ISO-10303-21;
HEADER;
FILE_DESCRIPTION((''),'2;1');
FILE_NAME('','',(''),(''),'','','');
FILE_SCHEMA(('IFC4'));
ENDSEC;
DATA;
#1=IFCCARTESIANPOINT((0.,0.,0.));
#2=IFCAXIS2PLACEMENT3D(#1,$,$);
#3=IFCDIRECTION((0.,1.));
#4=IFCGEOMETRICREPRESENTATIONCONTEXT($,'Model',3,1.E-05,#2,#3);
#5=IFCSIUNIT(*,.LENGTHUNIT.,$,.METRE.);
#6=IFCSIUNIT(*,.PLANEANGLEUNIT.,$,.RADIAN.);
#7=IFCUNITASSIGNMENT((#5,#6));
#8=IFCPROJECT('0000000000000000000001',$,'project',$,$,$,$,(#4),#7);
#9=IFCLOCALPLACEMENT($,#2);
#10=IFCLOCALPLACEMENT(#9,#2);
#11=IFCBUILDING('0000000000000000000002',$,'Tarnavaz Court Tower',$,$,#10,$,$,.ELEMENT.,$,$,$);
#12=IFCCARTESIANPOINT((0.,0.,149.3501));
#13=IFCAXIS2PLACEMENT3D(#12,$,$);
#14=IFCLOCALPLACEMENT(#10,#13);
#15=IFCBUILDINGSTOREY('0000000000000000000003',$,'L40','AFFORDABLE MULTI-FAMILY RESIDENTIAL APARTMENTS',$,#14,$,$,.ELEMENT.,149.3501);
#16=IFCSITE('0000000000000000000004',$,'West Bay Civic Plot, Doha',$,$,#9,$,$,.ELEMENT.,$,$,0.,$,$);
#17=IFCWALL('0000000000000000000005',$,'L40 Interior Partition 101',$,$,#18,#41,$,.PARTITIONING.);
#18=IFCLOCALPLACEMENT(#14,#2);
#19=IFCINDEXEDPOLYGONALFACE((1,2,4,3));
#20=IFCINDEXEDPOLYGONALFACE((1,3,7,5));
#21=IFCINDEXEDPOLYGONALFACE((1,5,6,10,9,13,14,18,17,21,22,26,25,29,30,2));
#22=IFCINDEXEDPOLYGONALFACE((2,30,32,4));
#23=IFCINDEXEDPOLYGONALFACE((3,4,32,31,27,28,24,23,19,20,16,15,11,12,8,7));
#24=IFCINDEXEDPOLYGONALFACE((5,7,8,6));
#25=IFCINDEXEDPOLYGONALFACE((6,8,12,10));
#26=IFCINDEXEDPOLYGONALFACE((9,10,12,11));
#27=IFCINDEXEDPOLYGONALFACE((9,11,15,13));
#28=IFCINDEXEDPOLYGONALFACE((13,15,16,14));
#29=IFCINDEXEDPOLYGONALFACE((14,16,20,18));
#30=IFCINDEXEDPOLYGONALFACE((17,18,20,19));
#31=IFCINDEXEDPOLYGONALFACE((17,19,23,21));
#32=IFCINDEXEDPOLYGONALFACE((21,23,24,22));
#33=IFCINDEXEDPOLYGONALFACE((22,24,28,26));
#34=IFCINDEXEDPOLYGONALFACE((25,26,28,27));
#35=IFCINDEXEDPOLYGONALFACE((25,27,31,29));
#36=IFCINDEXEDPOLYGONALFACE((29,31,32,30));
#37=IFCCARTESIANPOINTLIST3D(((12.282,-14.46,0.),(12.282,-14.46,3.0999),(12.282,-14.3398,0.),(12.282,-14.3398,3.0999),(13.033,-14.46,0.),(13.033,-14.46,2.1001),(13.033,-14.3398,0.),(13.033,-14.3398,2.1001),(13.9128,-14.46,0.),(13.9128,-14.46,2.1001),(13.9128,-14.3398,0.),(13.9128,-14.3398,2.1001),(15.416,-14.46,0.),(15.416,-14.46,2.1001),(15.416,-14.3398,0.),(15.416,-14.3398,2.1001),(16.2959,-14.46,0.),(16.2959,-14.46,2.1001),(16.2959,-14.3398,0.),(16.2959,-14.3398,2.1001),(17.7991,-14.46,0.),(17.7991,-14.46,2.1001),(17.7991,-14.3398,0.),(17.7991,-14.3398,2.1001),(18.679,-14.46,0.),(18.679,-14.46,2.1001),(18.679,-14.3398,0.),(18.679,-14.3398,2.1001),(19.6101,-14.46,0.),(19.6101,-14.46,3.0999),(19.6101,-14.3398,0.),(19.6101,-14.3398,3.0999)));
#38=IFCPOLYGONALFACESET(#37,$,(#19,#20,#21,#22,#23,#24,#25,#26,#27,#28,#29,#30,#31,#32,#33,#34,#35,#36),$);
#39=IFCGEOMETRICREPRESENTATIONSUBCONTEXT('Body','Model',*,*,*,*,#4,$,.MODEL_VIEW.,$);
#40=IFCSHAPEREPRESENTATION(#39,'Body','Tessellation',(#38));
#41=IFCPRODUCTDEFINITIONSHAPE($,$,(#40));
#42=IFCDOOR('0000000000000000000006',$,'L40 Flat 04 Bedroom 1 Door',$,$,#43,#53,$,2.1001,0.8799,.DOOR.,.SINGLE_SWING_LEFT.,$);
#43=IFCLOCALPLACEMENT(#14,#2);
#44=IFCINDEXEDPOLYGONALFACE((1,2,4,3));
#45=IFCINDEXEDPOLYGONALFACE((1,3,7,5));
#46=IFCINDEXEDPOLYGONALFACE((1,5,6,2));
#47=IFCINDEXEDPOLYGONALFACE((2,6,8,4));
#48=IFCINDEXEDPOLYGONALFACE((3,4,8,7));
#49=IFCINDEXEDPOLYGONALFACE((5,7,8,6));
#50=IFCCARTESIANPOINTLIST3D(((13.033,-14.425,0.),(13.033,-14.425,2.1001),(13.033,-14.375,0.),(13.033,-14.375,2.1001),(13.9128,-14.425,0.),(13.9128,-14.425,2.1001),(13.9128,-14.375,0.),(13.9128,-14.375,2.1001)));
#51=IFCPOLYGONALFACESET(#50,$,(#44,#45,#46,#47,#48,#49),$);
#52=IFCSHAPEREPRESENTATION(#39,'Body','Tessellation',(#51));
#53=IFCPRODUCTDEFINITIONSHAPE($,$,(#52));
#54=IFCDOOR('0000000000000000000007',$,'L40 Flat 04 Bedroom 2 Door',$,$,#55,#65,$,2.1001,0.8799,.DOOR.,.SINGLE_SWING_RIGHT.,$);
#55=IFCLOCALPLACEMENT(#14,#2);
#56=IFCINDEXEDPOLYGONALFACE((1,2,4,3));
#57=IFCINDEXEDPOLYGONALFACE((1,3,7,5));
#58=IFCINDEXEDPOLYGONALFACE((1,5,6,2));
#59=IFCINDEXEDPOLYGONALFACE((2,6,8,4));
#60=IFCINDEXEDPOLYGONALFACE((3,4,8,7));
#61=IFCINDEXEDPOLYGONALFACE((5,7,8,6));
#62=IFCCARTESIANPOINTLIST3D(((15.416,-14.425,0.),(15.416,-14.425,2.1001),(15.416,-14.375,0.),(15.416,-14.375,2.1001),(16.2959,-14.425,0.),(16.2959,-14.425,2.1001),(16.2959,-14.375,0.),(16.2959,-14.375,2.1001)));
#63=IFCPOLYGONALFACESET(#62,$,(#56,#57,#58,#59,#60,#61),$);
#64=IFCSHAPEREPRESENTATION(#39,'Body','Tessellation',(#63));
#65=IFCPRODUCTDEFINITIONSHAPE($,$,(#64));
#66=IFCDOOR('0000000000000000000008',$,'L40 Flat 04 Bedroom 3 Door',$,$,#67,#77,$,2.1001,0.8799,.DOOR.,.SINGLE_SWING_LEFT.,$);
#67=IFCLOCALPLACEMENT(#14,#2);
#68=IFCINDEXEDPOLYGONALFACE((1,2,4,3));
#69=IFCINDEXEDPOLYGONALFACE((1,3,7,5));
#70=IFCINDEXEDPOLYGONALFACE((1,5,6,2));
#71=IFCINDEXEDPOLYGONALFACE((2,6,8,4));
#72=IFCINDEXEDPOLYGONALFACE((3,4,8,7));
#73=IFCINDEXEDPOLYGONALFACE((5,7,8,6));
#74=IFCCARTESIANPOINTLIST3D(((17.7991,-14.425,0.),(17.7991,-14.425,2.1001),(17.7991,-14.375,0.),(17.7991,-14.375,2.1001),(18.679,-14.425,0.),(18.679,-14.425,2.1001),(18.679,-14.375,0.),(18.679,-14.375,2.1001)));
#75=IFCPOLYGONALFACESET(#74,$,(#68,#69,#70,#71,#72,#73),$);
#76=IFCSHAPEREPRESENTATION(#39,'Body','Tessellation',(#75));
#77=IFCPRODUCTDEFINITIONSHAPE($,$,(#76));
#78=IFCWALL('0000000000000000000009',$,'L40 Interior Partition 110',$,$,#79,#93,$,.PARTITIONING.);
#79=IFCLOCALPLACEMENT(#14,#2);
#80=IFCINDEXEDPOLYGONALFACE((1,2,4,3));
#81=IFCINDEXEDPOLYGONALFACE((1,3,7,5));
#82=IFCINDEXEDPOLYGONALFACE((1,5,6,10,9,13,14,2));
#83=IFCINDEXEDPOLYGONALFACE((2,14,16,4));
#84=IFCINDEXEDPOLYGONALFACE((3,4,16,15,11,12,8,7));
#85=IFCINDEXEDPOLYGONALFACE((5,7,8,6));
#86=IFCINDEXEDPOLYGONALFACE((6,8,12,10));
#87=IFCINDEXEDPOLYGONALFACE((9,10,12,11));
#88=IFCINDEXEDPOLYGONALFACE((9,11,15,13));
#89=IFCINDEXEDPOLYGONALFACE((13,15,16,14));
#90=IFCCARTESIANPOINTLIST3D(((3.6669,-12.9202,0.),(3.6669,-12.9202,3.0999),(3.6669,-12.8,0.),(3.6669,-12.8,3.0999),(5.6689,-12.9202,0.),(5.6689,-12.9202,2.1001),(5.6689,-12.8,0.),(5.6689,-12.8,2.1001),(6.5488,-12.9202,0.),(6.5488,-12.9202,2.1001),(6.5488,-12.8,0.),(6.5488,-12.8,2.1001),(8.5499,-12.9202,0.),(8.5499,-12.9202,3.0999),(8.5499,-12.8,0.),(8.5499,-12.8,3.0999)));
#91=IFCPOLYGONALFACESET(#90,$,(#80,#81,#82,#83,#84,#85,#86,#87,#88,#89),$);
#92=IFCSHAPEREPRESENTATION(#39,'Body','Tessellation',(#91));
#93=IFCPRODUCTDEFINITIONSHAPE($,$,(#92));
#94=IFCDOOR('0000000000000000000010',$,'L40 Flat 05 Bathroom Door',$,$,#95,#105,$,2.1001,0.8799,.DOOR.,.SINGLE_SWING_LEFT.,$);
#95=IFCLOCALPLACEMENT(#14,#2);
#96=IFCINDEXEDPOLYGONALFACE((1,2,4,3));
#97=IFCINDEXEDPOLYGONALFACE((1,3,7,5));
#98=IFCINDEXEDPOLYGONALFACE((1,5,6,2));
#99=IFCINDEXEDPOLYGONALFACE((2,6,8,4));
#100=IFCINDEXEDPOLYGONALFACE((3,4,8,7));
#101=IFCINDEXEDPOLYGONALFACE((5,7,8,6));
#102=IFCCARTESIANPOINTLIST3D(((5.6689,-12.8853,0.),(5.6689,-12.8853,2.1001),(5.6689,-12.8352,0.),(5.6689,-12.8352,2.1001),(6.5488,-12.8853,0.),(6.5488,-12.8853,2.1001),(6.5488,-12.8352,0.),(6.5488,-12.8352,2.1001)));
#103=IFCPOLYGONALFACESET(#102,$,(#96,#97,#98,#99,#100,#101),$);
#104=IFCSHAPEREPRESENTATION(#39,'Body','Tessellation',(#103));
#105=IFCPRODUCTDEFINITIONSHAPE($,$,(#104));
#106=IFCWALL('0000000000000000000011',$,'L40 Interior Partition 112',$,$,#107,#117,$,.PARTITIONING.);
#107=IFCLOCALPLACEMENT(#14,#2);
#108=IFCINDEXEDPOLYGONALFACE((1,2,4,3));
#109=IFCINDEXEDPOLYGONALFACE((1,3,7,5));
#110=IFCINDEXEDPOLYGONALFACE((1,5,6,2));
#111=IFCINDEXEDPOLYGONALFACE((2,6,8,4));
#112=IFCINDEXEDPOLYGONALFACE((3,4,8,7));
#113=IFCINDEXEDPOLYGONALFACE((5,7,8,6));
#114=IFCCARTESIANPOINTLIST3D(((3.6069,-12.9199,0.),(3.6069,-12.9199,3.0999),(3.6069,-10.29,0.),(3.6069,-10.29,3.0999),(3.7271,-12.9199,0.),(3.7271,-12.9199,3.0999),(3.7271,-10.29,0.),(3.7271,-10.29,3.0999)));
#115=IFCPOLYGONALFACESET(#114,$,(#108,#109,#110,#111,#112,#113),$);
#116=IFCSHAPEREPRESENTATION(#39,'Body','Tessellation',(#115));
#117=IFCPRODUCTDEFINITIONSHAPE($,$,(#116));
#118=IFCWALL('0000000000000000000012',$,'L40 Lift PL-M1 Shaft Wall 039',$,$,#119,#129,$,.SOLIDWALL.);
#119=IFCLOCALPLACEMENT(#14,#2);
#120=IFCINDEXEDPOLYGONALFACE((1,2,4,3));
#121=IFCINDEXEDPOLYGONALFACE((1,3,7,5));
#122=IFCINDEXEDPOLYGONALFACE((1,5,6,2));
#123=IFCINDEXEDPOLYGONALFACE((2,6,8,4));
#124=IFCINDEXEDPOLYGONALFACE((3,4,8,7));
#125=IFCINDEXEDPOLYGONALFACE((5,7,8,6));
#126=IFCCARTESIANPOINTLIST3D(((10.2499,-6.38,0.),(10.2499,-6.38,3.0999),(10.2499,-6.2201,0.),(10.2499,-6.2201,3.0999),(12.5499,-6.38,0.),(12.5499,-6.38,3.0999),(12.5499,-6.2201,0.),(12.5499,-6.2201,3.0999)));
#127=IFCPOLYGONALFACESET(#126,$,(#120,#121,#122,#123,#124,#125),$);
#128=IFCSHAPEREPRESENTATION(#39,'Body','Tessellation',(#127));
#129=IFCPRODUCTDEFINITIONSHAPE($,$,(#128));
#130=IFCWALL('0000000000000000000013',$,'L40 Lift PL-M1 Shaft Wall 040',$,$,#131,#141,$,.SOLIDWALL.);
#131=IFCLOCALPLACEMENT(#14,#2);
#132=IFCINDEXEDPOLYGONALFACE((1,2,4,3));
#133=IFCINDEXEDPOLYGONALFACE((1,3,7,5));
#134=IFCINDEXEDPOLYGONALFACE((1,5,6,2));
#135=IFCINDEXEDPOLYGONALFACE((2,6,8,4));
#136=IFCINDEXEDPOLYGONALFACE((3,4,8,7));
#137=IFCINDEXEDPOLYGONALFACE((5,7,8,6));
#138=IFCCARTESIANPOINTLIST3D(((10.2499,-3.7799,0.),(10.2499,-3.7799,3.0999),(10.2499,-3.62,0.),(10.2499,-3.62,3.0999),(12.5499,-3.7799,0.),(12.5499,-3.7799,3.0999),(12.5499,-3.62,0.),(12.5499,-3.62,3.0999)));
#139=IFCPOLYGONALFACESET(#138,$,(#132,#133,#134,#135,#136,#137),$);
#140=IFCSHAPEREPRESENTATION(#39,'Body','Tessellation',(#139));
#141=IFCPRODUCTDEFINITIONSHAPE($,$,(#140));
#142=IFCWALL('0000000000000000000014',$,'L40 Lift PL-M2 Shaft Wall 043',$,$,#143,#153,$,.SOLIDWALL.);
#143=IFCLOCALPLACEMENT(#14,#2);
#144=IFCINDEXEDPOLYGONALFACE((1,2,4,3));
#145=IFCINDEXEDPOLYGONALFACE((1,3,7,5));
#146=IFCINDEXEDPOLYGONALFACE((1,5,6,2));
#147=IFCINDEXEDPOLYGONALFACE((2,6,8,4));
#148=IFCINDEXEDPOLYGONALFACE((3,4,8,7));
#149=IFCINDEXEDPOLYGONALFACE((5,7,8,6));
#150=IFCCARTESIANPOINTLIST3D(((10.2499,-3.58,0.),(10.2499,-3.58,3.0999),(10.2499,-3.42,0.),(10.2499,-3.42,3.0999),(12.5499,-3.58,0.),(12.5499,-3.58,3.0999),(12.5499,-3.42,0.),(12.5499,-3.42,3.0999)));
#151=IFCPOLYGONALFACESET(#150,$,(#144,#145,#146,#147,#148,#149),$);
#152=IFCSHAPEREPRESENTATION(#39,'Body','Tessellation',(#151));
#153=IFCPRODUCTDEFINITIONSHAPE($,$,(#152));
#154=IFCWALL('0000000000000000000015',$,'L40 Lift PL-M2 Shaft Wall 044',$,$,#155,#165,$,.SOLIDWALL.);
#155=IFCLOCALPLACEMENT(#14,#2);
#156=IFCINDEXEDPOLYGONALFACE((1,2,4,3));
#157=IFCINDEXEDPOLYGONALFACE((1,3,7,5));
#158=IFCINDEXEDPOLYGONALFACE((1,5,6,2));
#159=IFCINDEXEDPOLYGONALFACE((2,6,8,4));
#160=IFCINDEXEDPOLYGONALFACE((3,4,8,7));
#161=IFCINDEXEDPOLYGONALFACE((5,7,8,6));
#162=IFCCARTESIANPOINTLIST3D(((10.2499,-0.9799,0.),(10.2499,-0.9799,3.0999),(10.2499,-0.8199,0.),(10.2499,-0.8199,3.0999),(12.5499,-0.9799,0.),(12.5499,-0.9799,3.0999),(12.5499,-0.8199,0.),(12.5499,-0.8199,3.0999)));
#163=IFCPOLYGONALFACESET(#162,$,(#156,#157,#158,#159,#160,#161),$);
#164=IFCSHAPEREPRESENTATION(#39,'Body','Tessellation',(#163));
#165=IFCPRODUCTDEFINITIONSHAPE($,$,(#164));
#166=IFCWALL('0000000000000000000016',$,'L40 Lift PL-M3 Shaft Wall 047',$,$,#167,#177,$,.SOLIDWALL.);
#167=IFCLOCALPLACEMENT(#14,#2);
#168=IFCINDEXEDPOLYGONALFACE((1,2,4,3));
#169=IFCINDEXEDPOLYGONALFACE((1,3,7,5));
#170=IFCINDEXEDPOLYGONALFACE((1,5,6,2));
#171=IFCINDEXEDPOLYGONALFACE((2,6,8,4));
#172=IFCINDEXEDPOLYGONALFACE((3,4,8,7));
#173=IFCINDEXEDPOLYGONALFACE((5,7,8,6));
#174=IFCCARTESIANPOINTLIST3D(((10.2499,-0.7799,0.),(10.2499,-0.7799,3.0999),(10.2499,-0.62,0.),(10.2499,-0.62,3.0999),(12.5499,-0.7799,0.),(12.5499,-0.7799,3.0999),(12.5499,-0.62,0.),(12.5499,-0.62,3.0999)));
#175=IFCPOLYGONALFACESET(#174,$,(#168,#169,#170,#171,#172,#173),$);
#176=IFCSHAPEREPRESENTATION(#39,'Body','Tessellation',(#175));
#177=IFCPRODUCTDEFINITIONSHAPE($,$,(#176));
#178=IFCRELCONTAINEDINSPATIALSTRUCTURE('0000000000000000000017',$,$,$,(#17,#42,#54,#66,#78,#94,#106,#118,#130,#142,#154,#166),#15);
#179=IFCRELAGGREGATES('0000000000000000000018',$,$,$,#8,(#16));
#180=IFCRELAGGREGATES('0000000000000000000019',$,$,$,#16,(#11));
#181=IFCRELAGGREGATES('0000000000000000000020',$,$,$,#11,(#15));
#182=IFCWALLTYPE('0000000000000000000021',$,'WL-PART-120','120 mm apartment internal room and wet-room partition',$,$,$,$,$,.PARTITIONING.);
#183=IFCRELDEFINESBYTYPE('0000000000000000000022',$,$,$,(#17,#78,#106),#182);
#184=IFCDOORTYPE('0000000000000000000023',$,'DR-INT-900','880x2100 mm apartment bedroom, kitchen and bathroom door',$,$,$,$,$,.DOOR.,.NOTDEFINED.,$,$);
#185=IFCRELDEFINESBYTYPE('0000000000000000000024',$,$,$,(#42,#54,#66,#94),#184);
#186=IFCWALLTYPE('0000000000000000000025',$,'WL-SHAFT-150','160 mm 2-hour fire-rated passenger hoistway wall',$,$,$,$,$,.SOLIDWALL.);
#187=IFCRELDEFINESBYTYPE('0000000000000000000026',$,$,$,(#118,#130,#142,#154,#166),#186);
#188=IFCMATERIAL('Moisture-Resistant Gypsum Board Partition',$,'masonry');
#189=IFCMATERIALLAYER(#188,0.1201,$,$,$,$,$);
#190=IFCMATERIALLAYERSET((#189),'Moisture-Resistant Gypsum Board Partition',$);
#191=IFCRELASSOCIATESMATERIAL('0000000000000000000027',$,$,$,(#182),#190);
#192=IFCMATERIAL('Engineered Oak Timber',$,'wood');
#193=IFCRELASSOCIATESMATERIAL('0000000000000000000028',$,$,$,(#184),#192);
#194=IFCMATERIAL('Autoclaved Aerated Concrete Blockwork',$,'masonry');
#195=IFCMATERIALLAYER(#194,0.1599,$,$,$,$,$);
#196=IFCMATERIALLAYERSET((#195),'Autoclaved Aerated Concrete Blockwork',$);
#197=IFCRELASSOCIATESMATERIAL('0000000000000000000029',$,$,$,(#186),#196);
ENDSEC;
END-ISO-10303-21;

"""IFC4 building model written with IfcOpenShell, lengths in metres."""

from ifc_helpers import new_model, si_unit, direction, frame, frame_2d, origin, place, context, subcontext, project, spatial, rectangle, extrude, material, layer, layer_set, type_object, element, fill, save


model = new_model("IFC4")

# Units and contexts
model_context = context("Model", 3, precision=1e-05, world=origin(), true_north=direction((0.0, 1.0)))
body_context = subcontext(model_context, "Body", "Model", "MODEL_VIEW")
ifc_project = project(units=[si_unit("LENGTHUNIT", "METRE"), si_unit("PLANEANGLEUNIT", "RADIAN")], contexts=[model_context])

# Site, building, storey
site_placement = place(None, origin())
site = spatial("IfcSite", under=ifc_project, at=site_placement, Name="West Bay Civic Plot, Doha", CompositionType="ELEMENT", RefElevation=0.0)
building_placement = place(site_placement, origin())
building = spatial("IfcBuilding", under=site, at=building_placement, Name="Tarnavaz Court Tower", CompositionType="ELEMENT")
storey_placement = place(building_placement, frame((0.0, 0.0, 149.3501)))
storey = spatial("IfcBuildingStorey", under=building, at=storey_placement, Name="L40", Description="AFFORDABLE MULTI-FAMILY RESIDENTIAL APARTMENTS", CompositionType="ELEMENT", Elevation=149.3501)

# Wall, openings, doors
ifc_material_1 = material(Name="Moisture-Resistant Gypsum Board Partition", Category="masonry")
ifc_layer_1 = layer(ifc_material_1, 0.1201)
ifc_layer_set_1 = layer_set([ifc_layer_1], Name="Moisture-Resistant Gypsum Board Partition")
wall_type_1 = type_object("IfcWallType", Name="WL-PART-120", Description="120 mm apartment internal room and wet-room partition", PredefinedType="PARTITIONING", material=ifc_layer_set_1)
wall_1_placement = place(storey_placement, frame((12.282, -14.3999, 0.0), z_axis=(0.0, 0.0, 1.0), x_axis=(1.0, 0.0, 0.0)))
wall_1 = element("IfcWall", 1, at=wall_1_placement, inside=storey, type_object=wall_type_1, Name="L40 Interior Partition 101", PredefinedType="PARTITIONING", context=body_context, shape_type="SweptSolid", body=[
    extrude(rectangle(XDim=7.3281, YDim=0.1201, at=frame_2d((3.6641, 0.0))), origin(), (0.0, 0.0, 1.0), 3.0999),
])
opening_1_placement = place(wall_1_placement, frame((0.751, 0.0, 0.0)))
opening_1 = element("IfcOpeningElement", 2, at=opening_1_placement, cuts=wall_1, PredefinedType="OPENING", context=body_context, shape_type="SweptSolid", body=[
    extrude(rectangle(XDim=0.8799, YDim=2.1001, at=frame_2d((0.4399, 1.05))), frame((0.0, 0.0701, 0.0), z_axis=(0.0, -1.0, 0.0), x_axis=(1.0, 0.0, 0.0)), (0.0, 0.0, 1.0), 0.1401),
])
opening_2_placement = place(wall_1_placement, frame((3.134, 0.0, 0.0)))
opening_2 = element("IfcOpeningElement", 3, at=opening_2_placement, cuts=wall_1, PredefinedType="OPENING", context=body_context, shape_type="SweptSolid", body=[
    extrude(rectangle(XDim=0.8799, YDim=2.1001, at=frame_2d((0.4399, 1.05))), frame((0.0, 0.0701, 0.0), z_axis=(0.0, -1.0, 0.0), x_axis=(1.0, 0.0, 0.0)), (0.0, 0.0, 1.0), 0.1401),
])
opening_3_placement = place(wall_1_placement, frame((5.5171, 0.0, 0.0)))
opening_3 = element("IfcOpeningElement", 4, at=opening_3_placement, cuts=wall_1, PredefinedType="OPENING", context=body_context, shape_type="SweptSolid", body=[
    extrude(rectangle(XDim=0.8799, YDim=2.1001, at=frame_2d((0.4399, 1.05))), frame((0.0, 0.0701, 0.0), z_axis=(0.0, -1.0, 0.0), x_axis=(1.0, 0.0, 0.0)), (0.0, 0.0, 1.0), 0.1401),
])
ifc_material_2 = material(Name="Engineered Oak Timber", Category="wood")
door_type_1 = type_object("IfcDoorType", Name="DR-INT-900", Description="880x2100 mm apartment bedroom, kitchen and bathroom door", OperationType="NOTDEFINED", PredefinedType="DOOR", material=ifc_material_2)
door_1_placement = place(opening_1_placement, origin())
door_1 = element("IfcDoor", 5, at=door_1_placement, inside=storey, type_object=door_type_1, Name="L40 Flat 04 Bedroom 1 Door", OperationType="SINGLE_SWING_LEFT", OverallHeight=2.1001, OverallWidth=0.8799, PredefinedType="DOOR", context=body_context, shape_type="SweptSolid", body=[
    extrude(rectangle(XDim=0.8799, YDim=2.1001, at=frame_2d((0.4399, 1.05))), frame((0.0, 0.0249, 0.0), z_axis=(0.0, -1.0, 0.0), x_axis=(1.0, 0.0, 0.0)), (0.0, 0.0, 1.0), 0.05),
])
fill(opening_1, door_1)
door_2_placement = place(opening_2_placement, origin())
door_2 = element("IfcDoor", 6, at=door_2_placement, inside=storey, type_object=door_type_1, Name="L40 Flat 04 Bedroom 2 Door", OperationType="SINGLE_SWING_RIGHT", OverallHeight=2.1001, OverallWidth=0.8799, PredefinedType="DOOR", context=body_context, shape_type="SweptSolid", body=[
    extrude(rectangle(XDim=0.8799, YDim=2.1001, at=frame_2d((0.4399, 1.05))), frame((0.0, 0.0249, 0.0), z_axis=(0.0, -1.0, 0.0), x_axis=(1.0, 0.0, 0.0)), (0.0, 0.0, 1.0), 0.05),
])
fill(opening_2, door_2)
door_3_placement = place(opening_3_placement, origin())
door_3 = element("IfcDoor", 7, at=door_3_placement, inside=storey, type_object=door_type_1, Name="L40 Flat 04 Bedroom 3 Door", OperationType="SINGLE_SWING_LEFT", OverallHeight=2.1001, OverallWidth=0.8799, PredefinedType="DOOR", context=body_context, shape_type="SweptSolid", body=[
    extrude(rectangle(XDim=0.8799, YDim=2.1001, at=frame_2d((0.4399, 1.05))), frame((0.0, 0.0249, 0.0), z_axis=(0.0, -1.0, 0.0), x_axis=(1.0, 0.0, 0.0)), (0.0, 0.0, 1.0), 0.05),
])
fill(opening_3, door_3)

# Wall, opening, door
wall_2_placement = place(storey_placement, frame((3.667, -12.8601, 0.0), z_axis=(0.0, 0.0, 1.0), x_axis=(1.0, 0.0, 0.0)))
wall_2 = element("IfcWall", 8, at=wall_2_placement, inside=storey, type_object=wall_type_1, Name="L40 Interior Partition 110", PredefinedType="PARTITIONING", context=body_context, shape_type="SweptSolid", body=[
    extrude(rectangle(XDim=4.8831, YDim=0.1201, at=frame_2d((2.4414, 0.0))), origin(), (0.0, 0.0, 1.0), 3.0999),
])
opening_4_placement = place(wall_2_placement, frame((2.002, 0.0, 0.0)))
opening_4 = element("IfcOpeningElement", 9, at=opening_4_placement, cuts=wall_2, PredefinedType="OPENING", context=body_context, shape_type="SweptSolid", body=[
    extrude(rectangle(XDim=0.8799, YDim=2.1001, at=frame_2d((0.4399, 1.05))), frame((0.0, 0.0701, 0.0), z_axis=(0.0, -1.0, 0.0), x_axis=(1.0, 0.0, 0.0)), (0.0, 0.0, 1.0), 0.1401),
])
door_4_placement = place(opening_4_placement, origin())
door_4 = element("IfcDoor", 10, at=door_4_placement, inside=storey, type_object=door_type_1, Name="L40 Flat 05 Bathroom Door", OperationType="SINGLE_SWING_LEFT", OverallHeight=2.1001, OverallWidth=0.8799, PredefinedType="DOOR", context=body_context, shape_type="SweptSolid", body=[
    extrude(rectangle(XDim=0.8799, YDim=2.1001, at=frame_2d((0.4399, 1.05))), frame((0.0, 0.0249, 0.0), z_axis=(0.0, -1.0, 0.0), x_axis=(1.0, 0.0, 0.0)), (0.0, 0.0, 1.0), 0.05),
])
fill(opening_4, door_4)

# Wall
wall_3_placement = place(storey_placement, frame((3.667, -12.9199, 0.0), z_axis=(0.0, 0.0, 1.0), x_axis=(0.0, 1.0, 0.0)))
element("IfcWall", 11, at=wall_3_placement, inside=storey, type_object=wall_type_1, Name="L40 Interior Partition 112", PredefinedType="PARTITIONING", context=body_context, shape_type="SweptSolid", body=[
    extrude(rectangle(XDim=2.6299, YDim=0.1201, at=frame_2d((1.3149, 0.0))), origin(), (0.0, 0.0, 1.0), 3.0999),
])

# Shared definitions
ifc_material_3 = material(Name="Autoclaved Aerated Concrete Blockwork", Category="masonry")
ifc_layer_2 = layer(ifc_material_3, 0.1599)
ifc_layer_set_2 = layer_set([ifc_layer_2], Name="Autoclaved Aerated Concrete Blockwork")
wall_type_2 = type_object("IfcWallType", Name="WL-SHAFT-150", Description="160 mm 2-hour fire-rated passenger hoistway wall", PredefinedType="SOLIDWALL", material=ifc_layer_set_2)

# Walls
for number, where, z_axis, x_axis, name in (
    (12, (10.25, -6.3, 0.0), (0.0, 0.0, 1.0), (1.0, 0.0, 0.0), "L40 Lift PL-M1 Shaft Wall 039"),
    (13, (10.25, -3.7, 0.0), (0.0, 0.0, 1.0), (1.0, 0.0, 0.0), "L40 Lift PL-M1 Shaft Wall 040"),
):
    element("IfcWall", number, at=place(storey_placement, frame(where, z_axis=z_axis, x_axis=x_axis)), inside=storey, type_object=wall_type_2, Name=name, PredefinedType="SOLIDWALL", context=body_context, shape_type="SweptSolid", body=[
        extrude(rectangle(XDim=2.3, YDim=0.1599, at=frame_2d((1.1499, 0.0))), origin(), (0.0, 0.0, 1.0), 3.0999),
    ])

# Walls
for number, where, z_axis, x_axis, name in (
    (14, (10.25, -3.5, 0.0), (0.0, 0.0, 1.0), (1.0, 0.0, 0.0), "L40 Lift PL-M2 Shaft Wall 043"),
    (15, (10.25, -0.8999, 0.0), (0.0, 0.0, 1.0), (1.0, 0.0, 0.0), "L40 Lift PL-M2 Shaft Wall 044"),
):
    element("IfcWall", number, at=place(storey_placement, frame(where, z_axis=z_axis, x_axis=x_axis)), inside=storey, type_object=wall_type_2, Name=name, PredefinedType="SOLIDWALL", context=body_context, shape_type="SweptSolid", body=[
        extrude(rectangle(XDim=2.3, YDim=0.1599, at=frame_2d((1.1499, 0.0))), origin(), (0.0, 0.0, 1.0), 3.0999),
    ])

# Wall
wall_4_placement = place(storey_placement, frame((10.25, -0.7, 0.0), z_axis=(0.0, 0.0, 1.0), x_axis=(1.0, 0.0, 0.0)))
element("IfcWall", 16, at=wall_4_placement, inside=storey, type_object=wall_type_2, Name="L40 Lift PL-M3 Shaft Wall 047", PredefinedType="SOLIDWALL", context=body_context, shape_type="SweptSolid", body=[
    extrude(rectangle(XDim=2.3, YDim=0.1599, at=frame_2d((1.1499, 0.0))), origin(), (0.0, 0.0, 1.0), 3.0999),
])

save(model, "model.ifc")
